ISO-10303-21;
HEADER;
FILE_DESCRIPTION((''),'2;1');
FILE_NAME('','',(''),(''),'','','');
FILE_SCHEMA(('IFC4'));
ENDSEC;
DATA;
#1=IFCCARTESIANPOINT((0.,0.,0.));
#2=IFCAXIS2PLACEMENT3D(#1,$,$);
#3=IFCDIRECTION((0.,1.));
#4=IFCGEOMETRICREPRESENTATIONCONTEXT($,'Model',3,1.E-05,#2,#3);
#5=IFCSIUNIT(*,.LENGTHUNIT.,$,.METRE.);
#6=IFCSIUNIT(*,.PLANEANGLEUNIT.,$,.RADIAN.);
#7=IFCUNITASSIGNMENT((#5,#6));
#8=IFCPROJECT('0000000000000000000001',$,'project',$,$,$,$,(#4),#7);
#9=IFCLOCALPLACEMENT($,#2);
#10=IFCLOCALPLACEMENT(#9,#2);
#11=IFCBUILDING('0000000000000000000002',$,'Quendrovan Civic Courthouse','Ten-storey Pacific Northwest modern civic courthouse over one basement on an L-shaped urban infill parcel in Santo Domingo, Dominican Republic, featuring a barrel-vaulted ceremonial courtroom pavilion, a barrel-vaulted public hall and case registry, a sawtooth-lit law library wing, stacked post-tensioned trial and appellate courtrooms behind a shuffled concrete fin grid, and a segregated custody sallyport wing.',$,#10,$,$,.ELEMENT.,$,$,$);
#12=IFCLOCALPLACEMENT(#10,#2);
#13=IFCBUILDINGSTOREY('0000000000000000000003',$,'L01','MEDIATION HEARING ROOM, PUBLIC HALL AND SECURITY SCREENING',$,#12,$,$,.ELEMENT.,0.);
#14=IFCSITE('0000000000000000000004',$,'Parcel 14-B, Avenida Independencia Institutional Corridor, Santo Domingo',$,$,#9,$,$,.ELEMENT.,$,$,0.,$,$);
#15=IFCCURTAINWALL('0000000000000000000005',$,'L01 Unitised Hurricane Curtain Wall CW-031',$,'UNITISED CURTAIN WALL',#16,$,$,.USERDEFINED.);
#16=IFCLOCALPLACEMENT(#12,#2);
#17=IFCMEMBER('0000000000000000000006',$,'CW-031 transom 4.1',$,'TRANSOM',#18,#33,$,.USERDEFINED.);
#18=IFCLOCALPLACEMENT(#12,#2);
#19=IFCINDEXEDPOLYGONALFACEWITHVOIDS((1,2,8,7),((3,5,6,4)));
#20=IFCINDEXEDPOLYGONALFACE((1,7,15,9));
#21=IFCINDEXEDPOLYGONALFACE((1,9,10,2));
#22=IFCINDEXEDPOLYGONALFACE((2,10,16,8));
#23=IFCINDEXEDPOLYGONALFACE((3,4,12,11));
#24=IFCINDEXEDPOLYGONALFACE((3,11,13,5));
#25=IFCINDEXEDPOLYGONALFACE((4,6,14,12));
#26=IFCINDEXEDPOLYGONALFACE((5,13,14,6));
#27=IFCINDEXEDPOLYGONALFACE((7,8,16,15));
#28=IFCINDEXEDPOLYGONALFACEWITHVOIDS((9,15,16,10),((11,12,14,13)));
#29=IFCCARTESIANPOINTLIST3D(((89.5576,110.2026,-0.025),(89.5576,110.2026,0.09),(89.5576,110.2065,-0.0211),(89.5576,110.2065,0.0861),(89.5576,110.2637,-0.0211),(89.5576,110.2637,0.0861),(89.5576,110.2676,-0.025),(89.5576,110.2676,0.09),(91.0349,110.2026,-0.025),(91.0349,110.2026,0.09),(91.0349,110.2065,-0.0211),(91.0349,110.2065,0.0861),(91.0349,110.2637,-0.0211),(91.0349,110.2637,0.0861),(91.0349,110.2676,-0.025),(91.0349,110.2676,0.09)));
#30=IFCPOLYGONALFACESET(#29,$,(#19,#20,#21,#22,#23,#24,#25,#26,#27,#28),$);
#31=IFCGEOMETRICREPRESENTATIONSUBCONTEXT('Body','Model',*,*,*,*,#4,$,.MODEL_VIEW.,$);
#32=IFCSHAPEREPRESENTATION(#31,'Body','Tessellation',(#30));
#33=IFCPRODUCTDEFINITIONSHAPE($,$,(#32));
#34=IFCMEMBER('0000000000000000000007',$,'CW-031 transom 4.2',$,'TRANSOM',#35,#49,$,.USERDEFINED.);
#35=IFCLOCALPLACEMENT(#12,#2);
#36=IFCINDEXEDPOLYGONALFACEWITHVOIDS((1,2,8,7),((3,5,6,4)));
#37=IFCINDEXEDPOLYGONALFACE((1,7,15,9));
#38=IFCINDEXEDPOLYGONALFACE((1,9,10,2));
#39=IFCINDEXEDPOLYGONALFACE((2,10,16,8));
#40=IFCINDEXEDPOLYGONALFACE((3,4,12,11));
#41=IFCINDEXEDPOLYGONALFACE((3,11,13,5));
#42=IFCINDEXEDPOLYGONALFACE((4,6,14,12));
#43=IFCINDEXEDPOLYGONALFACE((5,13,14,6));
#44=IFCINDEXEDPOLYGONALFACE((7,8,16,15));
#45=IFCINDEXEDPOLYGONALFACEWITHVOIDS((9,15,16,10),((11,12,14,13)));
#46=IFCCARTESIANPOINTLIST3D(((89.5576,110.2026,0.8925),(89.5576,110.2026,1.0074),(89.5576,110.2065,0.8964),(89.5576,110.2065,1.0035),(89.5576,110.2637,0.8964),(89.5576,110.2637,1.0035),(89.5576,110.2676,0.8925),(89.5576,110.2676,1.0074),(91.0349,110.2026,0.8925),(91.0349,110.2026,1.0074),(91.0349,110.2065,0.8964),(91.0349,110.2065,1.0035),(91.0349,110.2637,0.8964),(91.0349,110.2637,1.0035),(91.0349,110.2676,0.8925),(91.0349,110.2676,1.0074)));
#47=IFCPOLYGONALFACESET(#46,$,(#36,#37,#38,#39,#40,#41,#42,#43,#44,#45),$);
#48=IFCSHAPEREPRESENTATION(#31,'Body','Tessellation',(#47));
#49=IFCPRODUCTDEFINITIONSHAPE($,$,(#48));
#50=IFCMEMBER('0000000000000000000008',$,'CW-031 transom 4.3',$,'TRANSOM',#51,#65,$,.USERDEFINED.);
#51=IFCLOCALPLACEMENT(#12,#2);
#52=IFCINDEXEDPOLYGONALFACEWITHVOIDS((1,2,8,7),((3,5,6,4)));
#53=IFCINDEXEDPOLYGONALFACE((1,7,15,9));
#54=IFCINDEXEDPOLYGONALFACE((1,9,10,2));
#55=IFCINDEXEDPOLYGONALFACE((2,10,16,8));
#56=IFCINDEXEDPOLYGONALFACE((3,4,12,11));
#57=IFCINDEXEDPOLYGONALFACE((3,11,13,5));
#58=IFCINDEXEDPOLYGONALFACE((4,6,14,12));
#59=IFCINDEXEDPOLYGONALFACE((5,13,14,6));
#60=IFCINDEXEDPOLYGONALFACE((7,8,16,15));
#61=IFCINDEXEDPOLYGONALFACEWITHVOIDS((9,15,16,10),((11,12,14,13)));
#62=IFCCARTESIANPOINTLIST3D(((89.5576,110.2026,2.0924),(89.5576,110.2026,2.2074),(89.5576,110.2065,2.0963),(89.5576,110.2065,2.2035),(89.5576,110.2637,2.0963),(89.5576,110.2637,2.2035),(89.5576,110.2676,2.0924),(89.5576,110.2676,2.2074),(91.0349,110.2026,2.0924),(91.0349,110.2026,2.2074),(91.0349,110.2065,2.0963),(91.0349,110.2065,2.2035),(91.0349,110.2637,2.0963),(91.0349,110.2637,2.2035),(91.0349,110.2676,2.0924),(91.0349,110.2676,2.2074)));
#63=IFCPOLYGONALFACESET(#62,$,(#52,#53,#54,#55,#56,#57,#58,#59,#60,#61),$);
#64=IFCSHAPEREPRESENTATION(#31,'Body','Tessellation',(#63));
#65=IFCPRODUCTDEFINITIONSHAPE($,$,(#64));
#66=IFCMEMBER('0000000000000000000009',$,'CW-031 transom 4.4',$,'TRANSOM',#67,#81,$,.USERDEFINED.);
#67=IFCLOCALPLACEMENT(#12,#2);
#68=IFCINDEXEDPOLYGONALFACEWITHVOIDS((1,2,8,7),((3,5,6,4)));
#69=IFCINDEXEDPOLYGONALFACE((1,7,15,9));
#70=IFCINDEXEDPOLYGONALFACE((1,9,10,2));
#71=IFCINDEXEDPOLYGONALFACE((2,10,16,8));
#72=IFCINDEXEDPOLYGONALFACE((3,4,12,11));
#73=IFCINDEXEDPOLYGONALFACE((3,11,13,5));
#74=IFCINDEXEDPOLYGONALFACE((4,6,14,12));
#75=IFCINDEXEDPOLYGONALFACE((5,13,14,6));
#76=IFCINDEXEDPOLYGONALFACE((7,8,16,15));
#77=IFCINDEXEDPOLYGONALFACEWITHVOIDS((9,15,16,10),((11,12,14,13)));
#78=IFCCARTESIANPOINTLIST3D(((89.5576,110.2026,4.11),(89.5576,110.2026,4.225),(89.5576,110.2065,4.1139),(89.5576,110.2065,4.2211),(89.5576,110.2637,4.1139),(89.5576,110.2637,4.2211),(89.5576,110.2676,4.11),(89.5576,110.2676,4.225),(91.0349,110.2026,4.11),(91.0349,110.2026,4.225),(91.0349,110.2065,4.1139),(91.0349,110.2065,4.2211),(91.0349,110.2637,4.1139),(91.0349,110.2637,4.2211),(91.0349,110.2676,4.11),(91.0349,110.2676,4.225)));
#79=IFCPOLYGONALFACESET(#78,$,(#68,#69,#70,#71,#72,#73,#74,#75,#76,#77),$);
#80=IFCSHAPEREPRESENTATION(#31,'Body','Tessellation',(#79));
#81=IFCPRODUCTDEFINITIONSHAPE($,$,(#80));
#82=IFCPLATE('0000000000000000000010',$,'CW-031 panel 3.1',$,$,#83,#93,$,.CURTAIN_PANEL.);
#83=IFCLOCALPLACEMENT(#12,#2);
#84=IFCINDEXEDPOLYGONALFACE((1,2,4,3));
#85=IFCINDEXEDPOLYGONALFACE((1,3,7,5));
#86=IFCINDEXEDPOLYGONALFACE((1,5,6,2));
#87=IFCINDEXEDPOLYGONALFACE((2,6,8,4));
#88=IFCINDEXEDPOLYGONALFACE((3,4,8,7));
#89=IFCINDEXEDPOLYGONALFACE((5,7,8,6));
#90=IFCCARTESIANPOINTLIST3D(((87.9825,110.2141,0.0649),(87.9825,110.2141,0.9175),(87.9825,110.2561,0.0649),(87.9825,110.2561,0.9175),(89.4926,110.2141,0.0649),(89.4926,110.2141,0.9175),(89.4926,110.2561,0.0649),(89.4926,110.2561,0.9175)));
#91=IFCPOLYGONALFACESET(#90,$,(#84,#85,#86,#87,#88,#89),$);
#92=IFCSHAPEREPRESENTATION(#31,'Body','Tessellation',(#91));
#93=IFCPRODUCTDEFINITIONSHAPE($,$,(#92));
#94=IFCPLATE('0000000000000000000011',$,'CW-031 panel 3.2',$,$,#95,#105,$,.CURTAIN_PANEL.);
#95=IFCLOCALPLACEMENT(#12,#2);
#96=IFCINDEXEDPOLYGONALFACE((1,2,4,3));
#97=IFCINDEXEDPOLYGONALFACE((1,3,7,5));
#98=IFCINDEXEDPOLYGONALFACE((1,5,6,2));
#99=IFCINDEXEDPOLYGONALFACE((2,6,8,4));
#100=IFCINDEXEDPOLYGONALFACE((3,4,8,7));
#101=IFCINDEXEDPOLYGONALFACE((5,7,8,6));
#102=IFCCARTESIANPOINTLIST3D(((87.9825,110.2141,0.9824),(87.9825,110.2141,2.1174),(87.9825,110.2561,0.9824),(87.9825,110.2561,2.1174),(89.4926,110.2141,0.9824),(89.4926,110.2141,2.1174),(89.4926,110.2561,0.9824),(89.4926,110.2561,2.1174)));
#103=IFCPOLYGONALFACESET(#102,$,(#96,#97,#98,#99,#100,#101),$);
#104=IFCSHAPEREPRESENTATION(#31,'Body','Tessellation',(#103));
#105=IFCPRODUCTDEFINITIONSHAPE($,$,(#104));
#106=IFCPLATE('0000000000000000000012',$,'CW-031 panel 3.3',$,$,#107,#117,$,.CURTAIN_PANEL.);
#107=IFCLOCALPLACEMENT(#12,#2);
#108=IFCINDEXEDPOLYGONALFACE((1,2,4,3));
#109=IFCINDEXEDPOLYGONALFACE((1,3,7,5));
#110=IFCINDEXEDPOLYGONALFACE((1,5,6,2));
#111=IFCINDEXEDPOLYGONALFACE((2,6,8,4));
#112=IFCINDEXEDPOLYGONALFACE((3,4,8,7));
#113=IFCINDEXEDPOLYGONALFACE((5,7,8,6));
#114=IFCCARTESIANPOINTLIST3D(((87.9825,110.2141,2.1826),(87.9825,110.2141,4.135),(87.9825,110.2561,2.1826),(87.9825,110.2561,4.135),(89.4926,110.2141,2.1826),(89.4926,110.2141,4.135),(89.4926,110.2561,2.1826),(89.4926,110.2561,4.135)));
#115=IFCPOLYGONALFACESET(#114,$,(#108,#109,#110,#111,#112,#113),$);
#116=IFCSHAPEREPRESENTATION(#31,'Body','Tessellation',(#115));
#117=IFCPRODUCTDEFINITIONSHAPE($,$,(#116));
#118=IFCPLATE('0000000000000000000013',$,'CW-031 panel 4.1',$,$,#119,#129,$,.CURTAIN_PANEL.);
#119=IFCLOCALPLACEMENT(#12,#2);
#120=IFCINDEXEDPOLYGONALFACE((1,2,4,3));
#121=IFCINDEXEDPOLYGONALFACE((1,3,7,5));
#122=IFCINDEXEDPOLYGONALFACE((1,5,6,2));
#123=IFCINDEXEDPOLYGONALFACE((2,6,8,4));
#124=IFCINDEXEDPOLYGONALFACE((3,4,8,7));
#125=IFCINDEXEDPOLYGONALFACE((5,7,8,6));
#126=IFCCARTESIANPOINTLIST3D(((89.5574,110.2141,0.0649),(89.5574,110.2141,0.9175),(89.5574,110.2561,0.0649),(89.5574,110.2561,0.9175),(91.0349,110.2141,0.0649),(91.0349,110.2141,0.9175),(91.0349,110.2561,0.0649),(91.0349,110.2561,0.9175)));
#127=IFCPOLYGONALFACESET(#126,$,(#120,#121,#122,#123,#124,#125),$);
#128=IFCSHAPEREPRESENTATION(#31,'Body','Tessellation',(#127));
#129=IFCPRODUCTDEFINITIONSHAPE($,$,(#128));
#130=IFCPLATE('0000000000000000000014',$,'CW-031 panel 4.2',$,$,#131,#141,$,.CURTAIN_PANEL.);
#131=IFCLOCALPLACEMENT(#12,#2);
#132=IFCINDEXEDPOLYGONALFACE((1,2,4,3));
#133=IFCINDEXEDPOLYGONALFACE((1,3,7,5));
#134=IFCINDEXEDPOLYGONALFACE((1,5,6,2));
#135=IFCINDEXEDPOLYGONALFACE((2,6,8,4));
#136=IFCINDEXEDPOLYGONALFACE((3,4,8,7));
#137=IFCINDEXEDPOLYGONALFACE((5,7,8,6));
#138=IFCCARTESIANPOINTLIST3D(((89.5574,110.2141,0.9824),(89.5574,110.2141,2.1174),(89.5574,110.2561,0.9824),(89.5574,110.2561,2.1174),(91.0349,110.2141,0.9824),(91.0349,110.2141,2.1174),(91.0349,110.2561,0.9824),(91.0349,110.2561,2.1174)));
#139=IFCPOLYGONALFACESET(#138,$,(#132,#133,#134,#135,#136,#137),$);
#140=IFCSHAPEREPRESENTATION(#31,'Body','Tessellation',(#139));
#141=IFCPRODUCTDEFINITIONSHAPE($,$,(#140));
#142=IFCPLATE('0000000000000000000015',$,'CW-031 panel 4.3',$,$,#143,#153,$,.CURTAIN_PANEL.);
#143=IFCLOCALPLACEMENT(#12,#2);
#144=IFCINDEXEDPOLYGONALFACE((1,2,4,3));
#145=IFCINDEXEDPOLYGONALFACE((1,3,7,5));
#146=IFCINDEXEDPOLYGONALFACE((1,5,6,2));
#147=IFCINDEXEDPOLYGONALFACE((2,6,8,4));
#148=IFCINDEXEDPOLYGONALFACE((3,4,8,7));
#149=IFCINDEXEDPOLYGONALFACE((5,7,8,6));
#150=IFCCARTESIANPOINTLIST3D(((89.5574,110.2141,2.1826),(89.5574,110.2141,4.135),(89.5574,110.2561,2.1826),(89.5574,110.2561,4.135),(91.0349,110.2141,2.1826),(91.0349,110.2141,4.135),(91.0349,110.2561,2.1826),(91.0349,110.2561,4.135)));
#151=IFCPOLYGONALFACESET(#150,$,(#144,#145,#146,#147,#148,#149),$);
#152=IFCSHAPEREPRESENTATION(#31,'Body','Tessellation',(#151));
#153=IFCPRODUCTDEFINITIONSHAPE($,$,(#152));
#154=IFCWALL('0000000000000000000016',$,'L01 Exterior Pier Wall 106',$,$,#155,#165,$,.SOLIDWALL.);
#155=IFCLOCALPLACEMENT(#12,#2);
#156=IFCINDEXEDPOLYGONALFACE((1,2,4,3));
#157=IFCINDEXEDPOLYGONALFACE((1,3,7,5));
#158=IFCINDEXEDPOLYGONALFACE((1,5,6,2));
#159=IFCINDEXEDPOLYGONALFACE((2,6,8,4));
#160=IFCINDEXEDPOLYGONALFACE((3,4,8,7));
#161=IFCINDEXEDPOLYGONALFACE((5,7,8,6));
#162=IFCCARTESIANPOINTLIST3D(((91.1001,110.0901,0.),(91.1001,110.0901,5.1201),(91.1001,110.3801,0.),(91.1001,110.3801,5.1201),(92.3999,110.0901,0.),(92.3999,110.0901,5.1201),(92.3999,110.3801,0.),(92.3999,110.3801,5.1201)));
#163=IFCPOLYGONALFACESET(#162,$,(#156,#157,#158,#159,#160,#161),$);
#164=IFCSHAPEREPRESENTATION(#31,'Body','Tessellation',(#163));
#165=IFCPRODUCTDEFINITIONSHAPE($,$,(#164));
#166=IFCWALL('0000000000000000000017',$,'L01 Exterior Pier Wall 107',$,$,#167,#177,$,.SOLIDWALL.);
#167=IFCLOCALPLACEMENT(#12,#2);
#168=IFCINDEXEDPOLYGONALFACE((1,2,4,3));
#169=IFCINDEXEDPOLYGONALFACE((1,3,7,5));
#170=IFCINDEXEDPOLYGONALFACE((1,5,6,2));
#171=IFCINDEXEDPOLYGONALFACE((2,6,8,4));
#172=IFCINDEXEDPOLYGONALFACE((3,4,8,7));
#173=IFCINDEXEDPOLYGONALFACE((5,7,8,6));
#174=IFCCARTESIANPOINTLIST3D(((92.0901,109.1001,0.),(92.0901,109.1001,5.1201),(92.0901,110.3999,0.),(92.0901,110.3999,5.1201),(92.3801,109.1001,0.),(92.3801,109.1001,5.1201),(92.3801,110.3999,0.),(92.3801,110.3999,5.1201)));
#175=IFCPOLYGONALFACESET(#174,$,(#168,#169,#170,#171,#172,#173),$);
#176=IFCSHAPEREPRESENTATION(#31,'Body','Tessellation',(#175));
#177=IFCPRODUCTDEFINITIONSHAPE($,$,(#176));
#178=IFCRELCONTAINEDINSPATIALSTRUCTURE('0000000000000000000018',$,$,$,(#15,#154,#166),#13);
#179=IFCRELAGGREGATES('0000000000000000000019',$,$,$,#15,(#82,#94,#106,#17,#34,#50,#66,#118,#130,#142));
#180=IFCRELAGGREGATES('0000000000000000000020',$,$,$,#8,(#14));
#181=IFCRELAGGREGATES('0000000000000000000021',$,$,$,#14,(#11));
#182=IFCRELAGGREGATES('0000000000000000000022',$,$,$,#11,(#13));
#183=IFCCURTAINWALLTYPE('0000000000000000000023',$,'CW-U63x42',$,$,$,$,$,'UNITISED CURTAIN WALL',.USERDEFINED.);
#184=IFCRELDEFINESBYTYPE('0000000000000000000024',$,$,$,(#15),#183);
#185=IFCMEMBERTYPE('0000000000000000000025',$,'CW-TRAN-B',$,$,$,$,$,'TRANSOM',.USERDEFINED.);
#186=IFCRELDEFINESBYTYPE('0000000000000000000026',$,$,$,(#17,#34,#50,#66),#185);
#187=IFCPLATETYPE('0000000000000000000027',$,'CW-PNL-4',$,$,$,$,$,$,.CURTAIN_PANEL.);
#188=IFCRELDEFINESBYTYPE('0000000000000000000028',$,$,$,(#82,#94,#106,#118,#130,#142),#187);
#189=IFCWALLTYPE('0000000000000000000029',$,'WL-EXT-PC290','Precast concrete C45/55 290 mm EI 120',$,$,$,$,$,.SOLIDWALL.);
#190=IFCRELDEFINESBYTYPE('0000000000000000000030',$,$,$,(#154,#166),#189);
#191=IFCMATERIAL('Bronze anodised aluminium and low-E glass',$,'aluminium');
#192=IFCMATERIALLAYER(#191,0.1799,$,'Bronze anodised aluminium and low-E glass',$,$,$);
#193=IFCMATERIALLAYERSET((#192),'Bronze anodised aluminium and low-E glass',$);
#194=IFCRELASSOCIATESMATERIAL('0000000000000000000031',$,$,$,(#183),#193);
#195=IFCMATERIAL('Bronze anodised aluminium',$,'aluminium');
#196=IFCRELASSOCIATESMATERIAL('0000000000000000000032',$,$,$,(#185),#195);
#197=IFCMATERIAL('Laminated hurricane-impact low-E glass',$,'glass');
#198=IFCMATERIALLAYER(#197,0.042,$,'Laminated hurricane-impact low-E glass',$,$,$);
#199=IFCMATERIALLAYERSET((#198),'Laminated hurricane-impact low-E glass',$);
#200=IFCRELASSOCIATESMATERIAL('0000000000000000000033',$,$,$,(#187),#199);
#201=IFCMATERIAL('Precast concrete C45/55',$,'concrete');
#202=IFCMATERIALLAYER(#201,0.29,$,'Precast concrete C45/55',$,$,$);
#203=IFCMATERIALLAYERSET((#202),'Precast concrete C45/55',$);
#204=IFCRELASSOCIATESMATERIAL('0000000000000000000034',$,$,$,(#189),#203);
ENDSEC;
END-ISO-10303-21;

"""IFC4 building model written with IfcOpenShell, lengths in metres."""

from ifc_helpers import new_model, si_unit, direction, frame, frame_2d, origin, origin_2d, place, context, subcontext, project, spatial, rectangle, hollow_rectangle, extrude, material, layer, layer_set, material_profile, profile_set, type_object, element, aggregate, save


model = new_model("IFC4")

# Units and contexts
model_context = context("Model", 3, precision=1e-05, world=origin(), true_north=direction((0.0, 1.0)))
body_context = subcontext(model_context, "Body", "Model", "MODEL_VIEW")
ifc_project = project(units=[si_unit("LENGTHUNIT", "METRE"), si_unit("PLANEANGLEUNIT", "RADIAN")], contexts=[model_context])

# Site, building, storey
site_placement = place(None, origin())
site = spatial("IfcSite", under=ifc_project, at=site_placement, Name="Parcel 14-B, Avenida Independencia Institutional Corridor, Santo Domingo", CompositionType="ELEMENT", RefElevation=0.0)
building_placement = place(site_placement, origin())
building = spatial("IfcBuilding", under=site, at=building_placement, Name="Quendrovan Civic Courthouse", Description="Ten-storey Pacific Northwest modern civic courthouse over one basement on an L-shaped urban infill parcel in Santo Domingo, Dominican Republic, featuring a barrel-vaulted ceremonial courtroom pavilion, a barrel-vaulted public hall and case registry, a sawtooth-lit law library wing, stacked post-tensioned trial and appellate courtrooms behind a shuffled concrete fin grid, and a segregated custody sallyport wing.", CompositionType="ELEMENT")
storey_placement = place(building_placement, origin())
storey = spatial("IfcBuildingStorey", under=building, at=storey_placement, Name="L01", Description="MEDIATION HEARING ROOM, PUBLIC HALL AND SECURITY SCREENING", CompositionType="ELEMENT", Elevation=0.0)

# Shared definitions
ifc_material_1 = material(Name="Bronze anodised aluminium and low-E glass", Category="aluminium")
ifc_material_2 = material(Name="Bronze anodised aluminium", Category="aluminium")

# Curtain wall
ifc_layer_1 = layer(ifc_material_1, 0.1799, Name="Bronze anodised aluminium and low-E glass")
ifc_layer_set_1 = layer_set([ifc_layer_1], Name="Bronze anodised aluminium and low-E glass")
curtain_wall_type_1 = type_object("IfcCurtainWallType", Name="CW-U63x42", ElementType="UNITISED CURTAIN WALL", PredefinedType="USERDEFINED", material=ifc_layer_set_1)
curtain_wall_1_placement = place(storey_placement, origin())
curtain_wall_1 = element("IfcCurtainWall", 1, at=curtain_wall_1_placement, inside=storey, type_object=curtain_wall_type_1, Name="L01 Unitised Hurricane Curtain Wall CW-031", ObjectType="UNITISED CURTAIN WALL", PredefinedType="USERDEFINED")

# Members
ifc_material_profile_1 = material_profile(ifc_material_2, hollow_rectangle(XDim=0.0649, YDim=0.115, WallThickness=0.0039, at=origin_2d()), Name="CW-TRAN-65x115")
ifc_profile_set_1 = profile_set([ifc_material_profile_1], Name="Bronze anodised aluminium")
member_type_1 = type_object("IfcMemberType", Name="CW-TRAN-B", ElementType="TRANSOM", PredefinedType="USERDEFINED", material=ifc_profile_set_1)
member_1_placement = place(storey_placement, frame((89.5576, 110.2351, 0.0325), z_axis=(1.0, 0.0, 0.0), x_axis=(0.0, 1.0, 0.0)))
member_1 = element("IfcMember", 2, at=member_1_placement, type_object=member_type_1, Name="CW-031 transom 4.1", ObjectType="TRANSOM", PredefinedType="USERDEFINED", context=body_context, shape_type="SweptSolid", body=[
    extrude(hollow_rectangle(XDim=0.0649, YDim=0.115, WallThickness=0.0039, at=origin_2d()), origin(), (0.0, 0.0, 1.0), 1.4773),
])
member_2_placement = place(storey_placement, frame((89.5576, 110.2351, 0.95), z_axis=(1.0, 0.0, 0.0), x_axis=(0.0, 1.0, 0.0)))
member_2 = element("IfcMember", 3, at=member_2_placement, type_object=member_type_1, Name="CW-031 transom 4.2", ObjectType="TRANSOM", PredefinedType="USERDEFINED", context=body_context, shape_type="SweptSolid", body=[
    extrude(hollow_rectangle(XDim=0.0649, YDim=0.115, WallThickness=0.0039, at=origin_2d()), origin(), (0.0, 0.0, 1.0), 1.4773),
])
member_3_placement = place(storey_placement, frame((89.5576, 110.2351, 2.1499), z_axis=(1.0, 0.0, 0.0), x_axis=(0.0, 1.0, 0.0)))
member_3 = element("IfcMember", 4, at=member_3_placement, type_object=member_type_1, Name="CW-031 transom 4.3", ObjectType="TRANSOM", PredefinedType="USERDEFINED", context=body_context, shape_type="SweptSolid", body=[
    extrude(hollow_rectangle(XDim=0.0649, YDim=0.115, WallThickness=0.0039, at=origin_2d()), origin(), (0.0, 0.0, 1.0), 1.4773),
])
member_4_placement = place(storey_placement, frame((89.5576, 110.2351, 4.1675), z_axis=(1.0, 0.0, 0.0), x_axis=(0.0, 1.0, 0.0)))
member_4 = element("IfcMember", 5, at=member_4_placement, type_object=member_type_1, Name="CW-031 transom 4.4", ObjectType="TRANSOM", PredefinedType="USERDEFINED", context=body_context, shape_type="SweptSolid", body=[
    extrude(hollow_rectangle(XDim=0.0649, YDim=0.115, WallThickness=0.0039, at=origin_2d()), origin(), (0.0, 0.0, 1.0), 1.4773),
])

# Plates
ifc_material_3 = material(Name="Laminated hurricane-impact low-E glass", Category="glass")
ifc_layer_2 = layer(ifc_material_3, 0.042, Name="Laminated hurricane-impact low-E glass")
ifc_layer_set_2 = layer_set([ifc_layer_2], Name="Laminated hurricane-impact low-E glass")
plate_type = type_object("IfcPlateType", Name="CW-PNL-4", PredefinedType="CURTAIN_PANEL", material=ifc_layer_set_2)
plate_1_placement = place(storey_placement, frame((88.7375, 110.2351, 0.0649), z_axis=(0.0, 0.0, 1.0), x_axis=(1.0, 0.0, 0.0)))
plate_1 = element("IfcPlate", 6, at=plate_1_placement, type_object=plate_type, Name="CW-031 panel 3.1", PredefinedType="CURTAIN_PANEL", context=body_context, shape_type="SweptSolid", body=[
    extrude(rectangle(XDim=1.51, YDim=0.042, at=origin_2d()), origin(), (0.0, 0.0, 1.0), 0.8525),
])
plate_2_placement = place(storey_placement, frame((88.7375, 110.2351, 0.9824), z_axis=(0.0, 0.0, 1.0), x_axis=(1.0, 0.0, 0.0)))
plate_2 = element("IfcPlate", 7, at=plate_2_placement, type_object=plate_type, Name="CW-031 panel 3.2", PredefinedType="CURTAIN_PANEL", context=body_context, shape_type="SweptSolid", body=[
    extrude(rectangle(XDim=1.51, YDim=0.042, at=origin_2d()), origin(), (0.0, 0.0, 1.0), 1.135),
])
plate_3_placement = place(storey_placement, frame((88.7375, 110.2351, 2.1826), z_axis=(0.0, 0.0, 1.0), x_axis=(1.0, 0.0, 0.0)))
plate_3 = element("IfcPlate", 8, at=plate_3_placement, type_object=plate_type, Name="CW-031 panel 3.3", PredefinedType="CURTAIN_PANEL", context=body_context, shape_type="SweptSolid", body=[
    extrude(rectangle(XDim=1.51, YDim=0.042, at=origin_2d()), origin(), (0.0, 0.0, 1.0), 1.9524),
])
plate_4_placement = place(storey_placement, frame((90.2961, 110.2351, 0.0649), z_axis=(0.0, 0.0, 1.0), x_axis=(1.0, 0.0, 0.0)))
plate_4 = element("IfcPlate", 9, at=plate_4_placement, type_object=plate_type, Name="CW-031 panel 4.1", PredefinedType="CURTAIN_PANEL", context=body_context, shape_type="SweptSolid", body=[
    extrude(rectangle(XDim=1.4775, YDim=0.042, at=origin_2d()), origin(), (0.0, 0.0, 1.0), 0.8525),
])
plate_5_placement = place(storey_placement, frame((90.2961, 110.2351, 0.9824), z_axis=(0.0, 0.0, 1.0), x_axis=(1.0, 0.0, 0.0)))
plate_5 = element("IfcPlate", 10, at=plate_5_placement, type_object=plate_type, Name="CW-031 panel 4.2", PredefinedType="CURTAIN_PANEL", context=body_context, shape_type="SweptSolid", body=[
    extrude(rectangle(XDim=1.4775, YDim=0.042, at=origin_2d()), origin(), (0.0, 0.0, 1.0), 1.135),
])
plate_6_placement = place(storey_placement, frame((90.2961, 110.2351, 2.1826), z_axis=(0.0, 0.0, 1.0), x_axis=(1.0, 0.0, 0.0)))
plate_6 = element("IfcPlate", 11, at=plate_6_placement, type_object=plate_type, Name="CW-031 panel 4.3", PredefinedType="CURTAIN_PANEL", context=body_context, shape_type="SweptSolid", body=[
    extrude(rectangle(XDim=1.4775, YDim=0.042, at=origin_2d()), origin(), (0.0, 0.0, 1.0), 1.9524),
])
aggregate(curtain_wall_1, [plate_1, plate_2, plate_3, member_1, member_2, member_3, member_4, plate_4, plate_5, plate_6])

# Walls
ifc_material_4 = material(Name="Precast concrete C45/55", Category="concrete")
ifc_layer_3 = layer(ifc_material_4, 0.29, Name="Precast concrete C45/55")
ifc_layer_set_3 = layer_set([ifc_layer_3], Name="Precast concrete C45/55")
wall_type = type_object("IfcWallType", Name="WL-EXT-PC290", Description="Precast concrete C45/55 290 mm EI 120", PredefinedType="SOLIDWALL", material=ifc_layer_set_3)
for number, where, z_axis, x_axis, name in (
    (12, (91.1001, 110.2351, 0.0), (0.0, 0.0, 1.0), (1.0, 0.0, 0.0), "L01 Exterior Pier Wall 106"),
    (13, (92.2351, 110.3999, 0.0), (0.0, 0.0, 1.0), (0.0, -1.0, 0.0), "L01 Exterior Pier Wall 107"),
):
    element("IfcWall", number, at=place(storey_placement, frame(where, z_axis=z_axis, x_axis=x_axis)), inside=storey, type_object=wall_type, Name=name, PredefinedType="SOLIDWALL", context=body_context, shape_type="SweptSolid", body=[
        extrude(rectangle(XDim=1.2998, YDim=0.29, at=frame_2d((0.6499, 0.0))), origin(), (0.0, 0.0, 1.0), 5.1201),
    ])

save(model, "model.ifc")
